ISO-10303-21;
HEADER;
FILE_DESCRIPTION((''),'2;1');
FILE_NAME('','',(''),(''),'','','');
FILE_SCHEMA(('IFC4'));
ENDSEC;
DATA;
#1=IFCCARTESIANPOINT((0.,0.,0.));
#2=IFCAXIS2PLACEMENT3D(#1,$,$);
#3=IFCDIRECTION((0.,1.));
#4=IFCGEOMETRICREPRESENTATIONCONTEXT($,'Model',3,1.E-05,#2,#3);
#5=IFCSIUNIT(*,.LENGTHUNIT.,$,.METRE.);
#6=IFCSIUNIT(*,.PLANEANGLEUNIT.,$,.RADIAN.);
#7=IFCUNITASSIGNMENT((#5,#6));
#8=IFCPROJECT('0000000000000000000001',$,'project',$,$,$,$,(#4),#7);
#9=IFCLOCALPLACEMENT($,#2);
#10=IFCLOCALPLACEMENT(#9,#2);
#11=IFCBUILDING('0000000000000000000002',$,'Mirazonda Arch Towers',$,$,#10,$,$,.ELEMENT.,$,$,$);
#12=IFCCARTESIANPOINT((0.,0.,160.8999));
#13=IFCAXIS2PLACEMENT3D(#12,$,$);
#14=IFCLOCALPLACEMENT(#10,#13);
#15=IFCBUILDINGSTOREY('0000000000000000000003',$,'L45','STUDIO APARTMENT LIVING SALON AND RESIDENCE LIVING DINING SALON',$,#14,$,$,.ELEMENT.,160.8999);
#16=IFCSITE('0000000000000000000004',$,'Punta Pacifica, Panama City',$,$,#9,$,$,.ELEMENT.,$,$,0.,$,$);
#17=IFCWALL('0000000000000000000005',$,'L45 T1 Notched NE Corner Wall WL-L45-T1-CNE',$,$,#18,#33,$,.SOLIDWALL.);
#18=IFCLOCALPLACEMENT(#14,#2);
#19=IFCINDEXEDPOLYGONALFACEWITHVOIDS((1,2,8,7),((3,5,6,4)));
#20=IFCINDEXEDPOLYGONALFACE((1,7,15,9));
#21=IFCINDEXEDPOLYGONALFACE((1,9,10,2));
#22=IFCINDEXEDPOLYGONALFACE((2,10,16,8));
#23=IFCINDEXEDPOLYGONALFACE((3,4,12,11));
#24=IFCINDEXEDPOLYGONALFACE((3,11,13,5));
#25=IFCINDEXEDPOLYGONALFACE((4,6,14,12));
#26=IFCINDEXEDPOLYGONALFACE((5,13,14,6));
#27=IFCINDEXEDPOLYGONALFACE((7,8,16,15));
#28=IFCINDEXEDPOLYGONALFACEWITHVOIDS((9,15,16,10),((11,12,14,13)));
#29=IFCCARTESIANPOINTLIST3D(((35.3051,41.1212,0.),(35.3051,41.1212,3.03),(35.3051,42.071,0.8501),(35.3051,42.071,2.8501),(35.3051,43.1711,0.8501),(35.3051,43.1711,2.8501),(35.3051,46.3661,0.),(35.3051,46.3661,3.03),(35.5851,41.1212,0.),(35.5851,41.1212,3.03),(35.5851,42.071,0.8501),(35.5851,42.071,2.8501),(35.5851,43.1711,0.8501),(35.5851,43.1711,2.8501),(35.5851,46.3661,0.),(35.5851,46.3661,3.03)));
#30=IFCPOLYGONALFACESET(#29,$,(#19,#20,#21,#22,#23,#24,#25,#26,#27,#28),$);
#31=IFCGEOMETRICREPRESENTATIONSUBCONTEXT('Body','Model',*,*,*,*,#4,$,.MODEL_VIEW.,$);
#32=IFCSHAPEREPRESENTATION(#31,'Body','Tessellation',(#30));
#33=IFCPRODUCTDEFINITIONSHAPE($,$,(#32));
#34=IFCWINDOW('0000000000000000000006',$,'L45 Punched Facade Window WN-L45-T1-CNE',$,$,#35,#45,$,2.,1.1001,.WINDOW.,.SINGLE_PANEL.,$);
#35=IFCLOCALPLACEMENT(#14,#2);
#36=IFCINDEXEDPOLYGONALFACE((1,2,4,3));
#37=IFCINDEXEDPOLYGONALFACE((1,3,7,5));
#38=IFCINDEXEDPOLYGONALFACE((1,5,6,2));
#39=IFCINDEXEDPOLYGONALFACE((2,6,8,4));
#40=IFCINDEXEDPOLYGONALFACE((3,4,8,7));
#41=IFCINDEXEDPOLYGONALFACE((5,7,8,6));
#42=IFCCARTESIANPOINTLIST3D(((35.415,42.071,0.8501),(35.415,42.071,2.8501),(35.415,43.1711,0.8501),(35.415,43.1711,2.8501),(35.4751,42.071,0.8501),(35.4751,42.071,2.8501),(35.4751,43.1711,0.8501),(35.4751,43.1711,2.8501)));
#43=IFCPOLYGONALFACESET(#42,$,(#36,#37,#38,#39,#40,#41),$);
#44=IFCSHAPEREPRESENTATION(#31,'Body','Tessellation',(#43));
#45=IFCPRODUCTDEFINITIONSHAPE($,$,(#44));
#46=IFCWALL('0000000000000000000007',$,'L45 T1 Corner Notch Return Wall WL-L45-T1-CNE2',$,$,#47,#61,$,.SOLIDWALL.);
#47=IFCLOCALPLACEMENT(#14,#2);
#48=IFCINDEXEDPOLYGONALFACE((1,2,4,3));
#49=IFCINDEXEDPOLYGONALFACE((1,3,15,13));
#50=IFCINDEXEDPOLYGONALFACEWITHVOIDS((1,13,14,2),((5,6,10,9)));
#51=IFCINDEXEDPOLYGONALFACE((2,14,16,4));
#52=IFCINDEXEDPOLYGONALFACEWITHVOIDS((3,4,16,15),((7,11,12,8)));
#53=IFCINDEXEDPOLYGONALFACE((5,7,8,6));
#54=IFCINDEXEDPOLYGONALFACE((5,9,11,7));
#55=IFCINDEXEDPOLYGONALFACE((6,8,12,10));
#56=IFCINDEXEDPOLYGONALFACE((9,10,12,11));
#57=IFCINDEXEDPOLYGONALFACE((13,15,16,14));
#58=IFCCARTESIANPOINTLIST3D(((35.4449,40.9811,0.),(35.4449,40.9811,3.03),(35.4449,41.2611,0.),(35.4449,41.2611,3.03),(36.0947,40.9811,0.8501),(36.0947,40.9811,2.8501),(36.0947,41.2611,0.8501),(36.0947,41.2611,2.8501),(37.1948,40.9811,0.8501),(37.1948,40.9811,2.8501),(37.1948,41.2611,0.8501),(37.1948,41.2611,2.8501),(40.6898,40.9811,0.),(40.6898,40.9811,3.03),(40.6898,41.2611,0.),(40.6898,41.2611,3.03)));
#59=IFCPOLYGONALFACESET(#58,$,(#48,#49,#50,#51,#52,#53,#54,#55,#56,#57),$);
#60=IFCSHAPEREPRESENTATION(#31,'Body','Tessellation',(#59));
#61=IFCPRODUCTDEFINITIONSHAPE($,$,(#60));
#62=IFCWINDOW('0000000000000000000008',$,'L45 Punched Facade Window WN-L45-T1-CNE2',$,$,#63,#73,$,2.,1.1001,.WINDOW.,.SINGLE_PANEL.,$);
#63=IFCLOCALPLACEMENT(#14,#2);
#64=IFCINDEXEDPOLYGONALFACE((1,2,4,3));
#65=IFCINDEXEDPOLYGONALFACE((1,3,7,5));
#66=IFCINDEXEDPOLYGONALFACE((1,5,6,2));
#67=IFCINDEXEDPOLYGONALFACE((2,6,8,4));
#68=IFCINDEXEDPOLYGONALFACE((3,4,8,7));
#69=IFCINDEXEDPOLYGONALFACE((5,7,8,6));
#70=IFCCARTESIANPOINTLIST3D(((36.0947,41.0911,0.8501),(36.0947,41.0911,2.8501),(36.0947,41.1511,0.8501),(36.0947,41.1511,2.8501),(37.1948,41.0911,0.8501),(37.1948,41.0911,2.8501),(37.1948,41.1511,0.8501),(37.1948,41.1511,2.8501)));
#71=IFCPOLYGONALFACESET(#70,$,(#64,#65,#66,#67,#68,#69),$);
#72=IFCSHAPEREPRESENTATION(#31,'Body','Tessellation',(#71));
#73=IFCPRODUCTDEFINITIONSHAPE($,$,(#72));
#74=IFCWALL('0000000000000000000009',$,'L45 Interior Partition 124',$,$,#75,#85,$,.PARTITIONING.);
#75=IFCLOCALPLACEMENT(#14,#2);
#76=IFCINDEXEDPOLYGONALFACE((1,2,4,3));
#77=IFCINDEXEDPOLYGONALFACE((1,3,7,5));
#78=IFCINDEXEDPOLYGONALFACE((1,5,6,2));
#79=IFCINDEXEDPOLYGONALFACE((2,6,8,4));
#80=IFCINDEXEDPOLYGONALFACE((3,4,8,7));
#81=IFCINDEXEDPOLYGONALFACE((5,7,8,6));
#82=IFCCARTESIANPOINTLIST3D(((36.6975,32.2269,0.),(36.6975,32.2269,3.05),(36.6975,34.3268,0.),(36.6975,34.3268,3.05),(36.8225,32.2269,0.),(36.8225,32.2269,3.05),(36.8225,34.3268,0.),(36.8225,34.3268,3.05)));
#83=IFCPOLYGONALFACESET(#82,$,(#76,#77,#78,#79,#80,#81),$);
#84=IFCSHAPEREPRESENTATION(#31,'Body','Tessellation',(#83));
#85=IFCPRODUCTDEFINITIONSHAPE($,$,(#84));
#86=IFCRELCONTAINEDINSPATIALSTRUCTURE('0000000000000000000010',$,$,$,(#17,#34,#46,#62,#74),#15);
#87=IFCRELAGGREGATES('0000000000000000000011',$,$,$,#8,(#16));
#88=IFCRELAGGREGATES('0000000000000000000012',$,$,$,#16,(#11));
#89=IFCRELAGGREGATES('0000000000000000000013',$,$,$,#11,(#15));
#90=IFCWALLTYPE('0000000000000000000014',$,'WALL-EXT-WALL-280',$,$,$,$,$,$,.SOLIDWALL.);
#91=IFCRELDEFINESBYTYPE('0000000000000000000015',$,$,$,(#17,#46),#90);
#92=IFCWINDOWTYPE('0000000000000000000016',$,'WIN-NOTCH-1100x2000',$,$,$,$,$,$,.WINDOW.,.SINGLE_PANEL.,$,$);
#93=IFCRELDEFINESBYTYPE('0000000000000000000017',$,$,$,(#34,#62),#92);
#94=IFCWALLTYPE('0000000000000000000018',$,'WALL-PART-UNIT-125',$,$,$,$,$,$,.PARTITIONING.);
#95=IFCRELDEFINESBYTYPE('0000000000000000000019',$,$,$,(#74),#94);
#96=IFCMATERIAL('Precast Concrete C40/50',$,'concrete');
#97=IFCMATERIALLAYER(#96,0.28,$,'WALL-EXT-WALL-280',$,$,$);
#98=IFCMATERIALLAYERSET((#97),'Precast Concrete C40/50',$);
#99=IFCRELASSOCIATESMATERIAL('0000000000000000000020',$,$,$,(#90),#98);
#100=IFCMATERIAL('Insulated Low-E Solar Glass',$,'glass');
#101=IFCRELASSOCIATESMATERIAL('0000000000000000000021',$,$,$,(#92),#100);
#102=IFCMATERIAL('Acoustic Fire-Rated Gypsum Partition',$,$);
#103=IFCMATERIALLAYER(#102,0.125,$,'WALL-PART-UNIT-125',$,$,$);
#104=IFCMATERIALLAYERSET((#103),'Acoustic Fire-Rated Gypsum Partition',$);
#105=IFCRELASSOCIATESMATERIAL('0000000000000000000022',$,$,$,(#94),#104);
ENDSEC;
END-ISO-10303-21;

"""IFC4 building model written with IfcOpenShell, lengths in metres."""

from ifc_helpers import new_model, si_unit, direction, frame, frame_2d, origin, place, context, subcontext, project, spatial, rectangle, extrude, material, layer, layer_set, type_object, element, fill, save


model = new_model("IFC4")

# Units and contexts
model_context = context("Model", 3, precision=1e-05, world=origin(), true_north=direction((0.0, 1.0)))
body_context = subcontext(model_context, "Body", "Model", "MODEL_VIEW")
ifc_project = project(units=[si_unit("LENGTHUNIT", "METRE"), si_unit("PLANEANGLEUNIT", "RADIAN")], contexts=[model_context])

# Site, building, storey
site_placement = place(None, origin())
site = spatial("IfcSite", under=ifc_project, at=site_placement, Name="Punta Pacifica, Panama City", CompositionType="ELEMENT", RefElevation=0.0)
building_placement = place(site_placement, origin())
building = spatial("IfcBuilding", under=site, at=building_placement, Name="Mirazonda Arch Towers", CompositionType="ELEMENT")
storey_placement = place(building_placement, frame((0.0, 0.0, 160.8999)))
storey = spatial("IfcBuildingStorey", under=building, at=storey_placement, Name="L45", Description="STUDIO APARTMENT LIVING SALON AND RESIDENCE LIVING DINING SALON", CompositionType="ELEMENT", Elevation=160.8999)

# Shared definitions
ifc_material_1 = material(Name="Insulated Low-E Solar Glass", Category="glass")

# Walls, openings, windows
ifc_material_2 = material(Name="Precast Concrete C40/50", Category="concrete")
ifc_layer_1 = layer(ifc_material_2, 0.28, Name="WALL-EXT-WALL-280")
ifc_layer_set_1 = layer_set([ifc_layer_1], Name="Precast Concrete C40/50")
wall_type_1 = type_object("IfcWallType", Name="WALL-EXT-WALL-280", PredefinedType="SOLIDWALL", material=ifc_layer_set_1)
wall_1_placement = place(storey_placement, frame((35.4451, 41.1211, 0.0), z_axis=(0.0, 0.0, 1.0), x_axis=(0.0, 1.0, 0.0)))
wall_1 = element("IfcWall", 1, at=wall_1_placement, inside=storey, type_object=wall_type_1, Name="L45 T1 Notched NE Corner Wall WL-L45-T1-CNE", PredefinedType="SOLIDWALL", context=body_context, shape_type="SweptSolid", body=[
    extrude(rectangle(XDim=5.2449, YDim=0.28, at=frame_2d((2.6226, 0.0))), origin(), (0.0, 0.0, 1.0), 3.03),
])
opening_1_placement = place(wall_1_placement, frame((0.95, 0.0, 0.8501)))
opening_1 = element("IfcOpeningElement", 2, at=opening_1_placement, cuts=wall_1, PredefinedType="OPENING", context=body_context, shape_type="SweptSolid", body=[
    extrude(rectangle(XDim=1.1001, YDim=2.0, at=frame_2d((0.55, 1.0))), frame((0.0, 0.1499, 0.0), z_axis=(0.0, -1.0, 0.0), x_axis=(1.0, 0.0, 0.0)), (0.0, 0.0, 1.0), 0.3),
])
window_type = type_object("IfcWindowType", Name="WIN-NOTCH-1100x2000", PartitioningType="SINGLE_PANEL", PredefinedType="WINDOW", material=ifc_material_1)
window_1_placement = place(opening_1_placement, origin())
window_1 = element("IfcWindow", 3, at=window_1_placement, inside=storey, type_object=window_type, Name="L45 Punched Facade Window WN-L45-T1-CNE", OverallHeight=2.0, OverallWidth=1.1001, PartitioningType="SINGLE_PANEL", PredefinedType="WINDOW", context=body_context, shape_type="SweptSolid", body=[
    extrude(rectangle(XDim=1.1001, YDim=2.0, at=frame_2d((0.55, 1.0))), frame((0.0, 0.03, 0.0), z_axis=(0.0, -1.0, 0.0), x_axis=(1.0, 0.0, 0.0)), (0.0, 0.0, 1.0), 0.0601),
])
fill(opening_1, window_1)
wall_2_placement = place(storey_placement, frame((40.6899, 41.1211, 0.0), z_axis=(0.0, 0.0, 1.0), x_axis=(-1.0, 0.0, 0.0)))
wall_2 = element("IfcWall", 4, at=wall_2_placement, inside=storey, type_object=wall_type_1, Name="L45 T1 Corner Notch Return Wall WL-L45-T1-CNE2", PredefinedType="SOLIDWALL", context=body_context, shape_type="SweptSolid", body=[
    extrude(rectangle(XDim=5.2449, YDim=0.28, at=frame_2d((2.6226, 0.0))), origin(), (0.0, 0.0, 1.0), 3.03),
])
opening_2_placement = place(wall_2_placement, frame((3.4951, 0.0, 0.8501)))
opening_2 = element("IfcOpeningElement", 5, at=opening_2_placement, cuts=wall_2, PredefinedType="OPENING", context=body_context, shape_type="SweptSolid", body=[
    extrude(rectangle(XDim=1.1001, YDim=2.0, at=frame_2d((0.55, 1.0))), frame((0.0, 0.1499, 0.0), z_axis=(0.0, -1.0, 0.0), x_axis=(1.0, 0.0, 0.0)), (0.0, 0.0, 1.0), 0.3),
])
window_2_placement = place(opening_2_placement, origin())
window_2 = element("IfcWindow", 6, at=window_2_placement, inside=storey, type_object=window_type, Name="L45 Punched Facade Window WN-L45-T1-CNE2", OverallHeight=2.0, OverallWidth=1.1001, PartitioningType="SINGLE_PANEL", PredefinedType="WINDOW", context=body_context, shape_type="SweptSolid", body=[
    extrude(rectangle(XDim=1.1001, YDim=2.0, at=frame_2d((0.55, 1.0))), frame((0.0, 0.03, 0.0), z_axis=(0.0, -1.0, 0.0), x_axis=(1.0, 0.0, 0.0)), (0.0, 0.0, 1.0), 0.0601),
])
fill(opening_2, window_2)

# Wall
ifc_material_3 = material(Name="Acoustic Fire-Rated Gypsum Partition")
ifc_layer_2 = layer(ifc_material_3, 0.125, Name="WALL-PART-UNIT-125")
ifc_layer_set_2 = layer_set([ifc_layer_2], Name="Acoustic Fire-Rated Gypsum Partition")
wall_type_2 = type_object("IfcWallType", Name="WALL-PART-UNIT-125", PredefinedType="PARTITIONING", material=ifc_layer_set_2)
wall_3_placement = place(storey_placement, frame((36.76, 32.2271, 0.0), z_axis=(0.0, 0.0, 1.0), x_axis=(0.0, 1.0, 0.0)))
element("IfcWall", 7, at=wall_3_placement, inside=storey, type_object=wall_type_2, Name="L45 Interior Partition 124", PredefinedType="PARTITIONING", context=body_context, shape_type="SweptSolid", body=[
    extrude(rectangle(XDim=2.0999, YDim=0.125, at=frame_2d((1.0498, 0.0))), origin(), (0.0, 0.0, 1.0), 3.05),
])

save(model, "model.ifc")
